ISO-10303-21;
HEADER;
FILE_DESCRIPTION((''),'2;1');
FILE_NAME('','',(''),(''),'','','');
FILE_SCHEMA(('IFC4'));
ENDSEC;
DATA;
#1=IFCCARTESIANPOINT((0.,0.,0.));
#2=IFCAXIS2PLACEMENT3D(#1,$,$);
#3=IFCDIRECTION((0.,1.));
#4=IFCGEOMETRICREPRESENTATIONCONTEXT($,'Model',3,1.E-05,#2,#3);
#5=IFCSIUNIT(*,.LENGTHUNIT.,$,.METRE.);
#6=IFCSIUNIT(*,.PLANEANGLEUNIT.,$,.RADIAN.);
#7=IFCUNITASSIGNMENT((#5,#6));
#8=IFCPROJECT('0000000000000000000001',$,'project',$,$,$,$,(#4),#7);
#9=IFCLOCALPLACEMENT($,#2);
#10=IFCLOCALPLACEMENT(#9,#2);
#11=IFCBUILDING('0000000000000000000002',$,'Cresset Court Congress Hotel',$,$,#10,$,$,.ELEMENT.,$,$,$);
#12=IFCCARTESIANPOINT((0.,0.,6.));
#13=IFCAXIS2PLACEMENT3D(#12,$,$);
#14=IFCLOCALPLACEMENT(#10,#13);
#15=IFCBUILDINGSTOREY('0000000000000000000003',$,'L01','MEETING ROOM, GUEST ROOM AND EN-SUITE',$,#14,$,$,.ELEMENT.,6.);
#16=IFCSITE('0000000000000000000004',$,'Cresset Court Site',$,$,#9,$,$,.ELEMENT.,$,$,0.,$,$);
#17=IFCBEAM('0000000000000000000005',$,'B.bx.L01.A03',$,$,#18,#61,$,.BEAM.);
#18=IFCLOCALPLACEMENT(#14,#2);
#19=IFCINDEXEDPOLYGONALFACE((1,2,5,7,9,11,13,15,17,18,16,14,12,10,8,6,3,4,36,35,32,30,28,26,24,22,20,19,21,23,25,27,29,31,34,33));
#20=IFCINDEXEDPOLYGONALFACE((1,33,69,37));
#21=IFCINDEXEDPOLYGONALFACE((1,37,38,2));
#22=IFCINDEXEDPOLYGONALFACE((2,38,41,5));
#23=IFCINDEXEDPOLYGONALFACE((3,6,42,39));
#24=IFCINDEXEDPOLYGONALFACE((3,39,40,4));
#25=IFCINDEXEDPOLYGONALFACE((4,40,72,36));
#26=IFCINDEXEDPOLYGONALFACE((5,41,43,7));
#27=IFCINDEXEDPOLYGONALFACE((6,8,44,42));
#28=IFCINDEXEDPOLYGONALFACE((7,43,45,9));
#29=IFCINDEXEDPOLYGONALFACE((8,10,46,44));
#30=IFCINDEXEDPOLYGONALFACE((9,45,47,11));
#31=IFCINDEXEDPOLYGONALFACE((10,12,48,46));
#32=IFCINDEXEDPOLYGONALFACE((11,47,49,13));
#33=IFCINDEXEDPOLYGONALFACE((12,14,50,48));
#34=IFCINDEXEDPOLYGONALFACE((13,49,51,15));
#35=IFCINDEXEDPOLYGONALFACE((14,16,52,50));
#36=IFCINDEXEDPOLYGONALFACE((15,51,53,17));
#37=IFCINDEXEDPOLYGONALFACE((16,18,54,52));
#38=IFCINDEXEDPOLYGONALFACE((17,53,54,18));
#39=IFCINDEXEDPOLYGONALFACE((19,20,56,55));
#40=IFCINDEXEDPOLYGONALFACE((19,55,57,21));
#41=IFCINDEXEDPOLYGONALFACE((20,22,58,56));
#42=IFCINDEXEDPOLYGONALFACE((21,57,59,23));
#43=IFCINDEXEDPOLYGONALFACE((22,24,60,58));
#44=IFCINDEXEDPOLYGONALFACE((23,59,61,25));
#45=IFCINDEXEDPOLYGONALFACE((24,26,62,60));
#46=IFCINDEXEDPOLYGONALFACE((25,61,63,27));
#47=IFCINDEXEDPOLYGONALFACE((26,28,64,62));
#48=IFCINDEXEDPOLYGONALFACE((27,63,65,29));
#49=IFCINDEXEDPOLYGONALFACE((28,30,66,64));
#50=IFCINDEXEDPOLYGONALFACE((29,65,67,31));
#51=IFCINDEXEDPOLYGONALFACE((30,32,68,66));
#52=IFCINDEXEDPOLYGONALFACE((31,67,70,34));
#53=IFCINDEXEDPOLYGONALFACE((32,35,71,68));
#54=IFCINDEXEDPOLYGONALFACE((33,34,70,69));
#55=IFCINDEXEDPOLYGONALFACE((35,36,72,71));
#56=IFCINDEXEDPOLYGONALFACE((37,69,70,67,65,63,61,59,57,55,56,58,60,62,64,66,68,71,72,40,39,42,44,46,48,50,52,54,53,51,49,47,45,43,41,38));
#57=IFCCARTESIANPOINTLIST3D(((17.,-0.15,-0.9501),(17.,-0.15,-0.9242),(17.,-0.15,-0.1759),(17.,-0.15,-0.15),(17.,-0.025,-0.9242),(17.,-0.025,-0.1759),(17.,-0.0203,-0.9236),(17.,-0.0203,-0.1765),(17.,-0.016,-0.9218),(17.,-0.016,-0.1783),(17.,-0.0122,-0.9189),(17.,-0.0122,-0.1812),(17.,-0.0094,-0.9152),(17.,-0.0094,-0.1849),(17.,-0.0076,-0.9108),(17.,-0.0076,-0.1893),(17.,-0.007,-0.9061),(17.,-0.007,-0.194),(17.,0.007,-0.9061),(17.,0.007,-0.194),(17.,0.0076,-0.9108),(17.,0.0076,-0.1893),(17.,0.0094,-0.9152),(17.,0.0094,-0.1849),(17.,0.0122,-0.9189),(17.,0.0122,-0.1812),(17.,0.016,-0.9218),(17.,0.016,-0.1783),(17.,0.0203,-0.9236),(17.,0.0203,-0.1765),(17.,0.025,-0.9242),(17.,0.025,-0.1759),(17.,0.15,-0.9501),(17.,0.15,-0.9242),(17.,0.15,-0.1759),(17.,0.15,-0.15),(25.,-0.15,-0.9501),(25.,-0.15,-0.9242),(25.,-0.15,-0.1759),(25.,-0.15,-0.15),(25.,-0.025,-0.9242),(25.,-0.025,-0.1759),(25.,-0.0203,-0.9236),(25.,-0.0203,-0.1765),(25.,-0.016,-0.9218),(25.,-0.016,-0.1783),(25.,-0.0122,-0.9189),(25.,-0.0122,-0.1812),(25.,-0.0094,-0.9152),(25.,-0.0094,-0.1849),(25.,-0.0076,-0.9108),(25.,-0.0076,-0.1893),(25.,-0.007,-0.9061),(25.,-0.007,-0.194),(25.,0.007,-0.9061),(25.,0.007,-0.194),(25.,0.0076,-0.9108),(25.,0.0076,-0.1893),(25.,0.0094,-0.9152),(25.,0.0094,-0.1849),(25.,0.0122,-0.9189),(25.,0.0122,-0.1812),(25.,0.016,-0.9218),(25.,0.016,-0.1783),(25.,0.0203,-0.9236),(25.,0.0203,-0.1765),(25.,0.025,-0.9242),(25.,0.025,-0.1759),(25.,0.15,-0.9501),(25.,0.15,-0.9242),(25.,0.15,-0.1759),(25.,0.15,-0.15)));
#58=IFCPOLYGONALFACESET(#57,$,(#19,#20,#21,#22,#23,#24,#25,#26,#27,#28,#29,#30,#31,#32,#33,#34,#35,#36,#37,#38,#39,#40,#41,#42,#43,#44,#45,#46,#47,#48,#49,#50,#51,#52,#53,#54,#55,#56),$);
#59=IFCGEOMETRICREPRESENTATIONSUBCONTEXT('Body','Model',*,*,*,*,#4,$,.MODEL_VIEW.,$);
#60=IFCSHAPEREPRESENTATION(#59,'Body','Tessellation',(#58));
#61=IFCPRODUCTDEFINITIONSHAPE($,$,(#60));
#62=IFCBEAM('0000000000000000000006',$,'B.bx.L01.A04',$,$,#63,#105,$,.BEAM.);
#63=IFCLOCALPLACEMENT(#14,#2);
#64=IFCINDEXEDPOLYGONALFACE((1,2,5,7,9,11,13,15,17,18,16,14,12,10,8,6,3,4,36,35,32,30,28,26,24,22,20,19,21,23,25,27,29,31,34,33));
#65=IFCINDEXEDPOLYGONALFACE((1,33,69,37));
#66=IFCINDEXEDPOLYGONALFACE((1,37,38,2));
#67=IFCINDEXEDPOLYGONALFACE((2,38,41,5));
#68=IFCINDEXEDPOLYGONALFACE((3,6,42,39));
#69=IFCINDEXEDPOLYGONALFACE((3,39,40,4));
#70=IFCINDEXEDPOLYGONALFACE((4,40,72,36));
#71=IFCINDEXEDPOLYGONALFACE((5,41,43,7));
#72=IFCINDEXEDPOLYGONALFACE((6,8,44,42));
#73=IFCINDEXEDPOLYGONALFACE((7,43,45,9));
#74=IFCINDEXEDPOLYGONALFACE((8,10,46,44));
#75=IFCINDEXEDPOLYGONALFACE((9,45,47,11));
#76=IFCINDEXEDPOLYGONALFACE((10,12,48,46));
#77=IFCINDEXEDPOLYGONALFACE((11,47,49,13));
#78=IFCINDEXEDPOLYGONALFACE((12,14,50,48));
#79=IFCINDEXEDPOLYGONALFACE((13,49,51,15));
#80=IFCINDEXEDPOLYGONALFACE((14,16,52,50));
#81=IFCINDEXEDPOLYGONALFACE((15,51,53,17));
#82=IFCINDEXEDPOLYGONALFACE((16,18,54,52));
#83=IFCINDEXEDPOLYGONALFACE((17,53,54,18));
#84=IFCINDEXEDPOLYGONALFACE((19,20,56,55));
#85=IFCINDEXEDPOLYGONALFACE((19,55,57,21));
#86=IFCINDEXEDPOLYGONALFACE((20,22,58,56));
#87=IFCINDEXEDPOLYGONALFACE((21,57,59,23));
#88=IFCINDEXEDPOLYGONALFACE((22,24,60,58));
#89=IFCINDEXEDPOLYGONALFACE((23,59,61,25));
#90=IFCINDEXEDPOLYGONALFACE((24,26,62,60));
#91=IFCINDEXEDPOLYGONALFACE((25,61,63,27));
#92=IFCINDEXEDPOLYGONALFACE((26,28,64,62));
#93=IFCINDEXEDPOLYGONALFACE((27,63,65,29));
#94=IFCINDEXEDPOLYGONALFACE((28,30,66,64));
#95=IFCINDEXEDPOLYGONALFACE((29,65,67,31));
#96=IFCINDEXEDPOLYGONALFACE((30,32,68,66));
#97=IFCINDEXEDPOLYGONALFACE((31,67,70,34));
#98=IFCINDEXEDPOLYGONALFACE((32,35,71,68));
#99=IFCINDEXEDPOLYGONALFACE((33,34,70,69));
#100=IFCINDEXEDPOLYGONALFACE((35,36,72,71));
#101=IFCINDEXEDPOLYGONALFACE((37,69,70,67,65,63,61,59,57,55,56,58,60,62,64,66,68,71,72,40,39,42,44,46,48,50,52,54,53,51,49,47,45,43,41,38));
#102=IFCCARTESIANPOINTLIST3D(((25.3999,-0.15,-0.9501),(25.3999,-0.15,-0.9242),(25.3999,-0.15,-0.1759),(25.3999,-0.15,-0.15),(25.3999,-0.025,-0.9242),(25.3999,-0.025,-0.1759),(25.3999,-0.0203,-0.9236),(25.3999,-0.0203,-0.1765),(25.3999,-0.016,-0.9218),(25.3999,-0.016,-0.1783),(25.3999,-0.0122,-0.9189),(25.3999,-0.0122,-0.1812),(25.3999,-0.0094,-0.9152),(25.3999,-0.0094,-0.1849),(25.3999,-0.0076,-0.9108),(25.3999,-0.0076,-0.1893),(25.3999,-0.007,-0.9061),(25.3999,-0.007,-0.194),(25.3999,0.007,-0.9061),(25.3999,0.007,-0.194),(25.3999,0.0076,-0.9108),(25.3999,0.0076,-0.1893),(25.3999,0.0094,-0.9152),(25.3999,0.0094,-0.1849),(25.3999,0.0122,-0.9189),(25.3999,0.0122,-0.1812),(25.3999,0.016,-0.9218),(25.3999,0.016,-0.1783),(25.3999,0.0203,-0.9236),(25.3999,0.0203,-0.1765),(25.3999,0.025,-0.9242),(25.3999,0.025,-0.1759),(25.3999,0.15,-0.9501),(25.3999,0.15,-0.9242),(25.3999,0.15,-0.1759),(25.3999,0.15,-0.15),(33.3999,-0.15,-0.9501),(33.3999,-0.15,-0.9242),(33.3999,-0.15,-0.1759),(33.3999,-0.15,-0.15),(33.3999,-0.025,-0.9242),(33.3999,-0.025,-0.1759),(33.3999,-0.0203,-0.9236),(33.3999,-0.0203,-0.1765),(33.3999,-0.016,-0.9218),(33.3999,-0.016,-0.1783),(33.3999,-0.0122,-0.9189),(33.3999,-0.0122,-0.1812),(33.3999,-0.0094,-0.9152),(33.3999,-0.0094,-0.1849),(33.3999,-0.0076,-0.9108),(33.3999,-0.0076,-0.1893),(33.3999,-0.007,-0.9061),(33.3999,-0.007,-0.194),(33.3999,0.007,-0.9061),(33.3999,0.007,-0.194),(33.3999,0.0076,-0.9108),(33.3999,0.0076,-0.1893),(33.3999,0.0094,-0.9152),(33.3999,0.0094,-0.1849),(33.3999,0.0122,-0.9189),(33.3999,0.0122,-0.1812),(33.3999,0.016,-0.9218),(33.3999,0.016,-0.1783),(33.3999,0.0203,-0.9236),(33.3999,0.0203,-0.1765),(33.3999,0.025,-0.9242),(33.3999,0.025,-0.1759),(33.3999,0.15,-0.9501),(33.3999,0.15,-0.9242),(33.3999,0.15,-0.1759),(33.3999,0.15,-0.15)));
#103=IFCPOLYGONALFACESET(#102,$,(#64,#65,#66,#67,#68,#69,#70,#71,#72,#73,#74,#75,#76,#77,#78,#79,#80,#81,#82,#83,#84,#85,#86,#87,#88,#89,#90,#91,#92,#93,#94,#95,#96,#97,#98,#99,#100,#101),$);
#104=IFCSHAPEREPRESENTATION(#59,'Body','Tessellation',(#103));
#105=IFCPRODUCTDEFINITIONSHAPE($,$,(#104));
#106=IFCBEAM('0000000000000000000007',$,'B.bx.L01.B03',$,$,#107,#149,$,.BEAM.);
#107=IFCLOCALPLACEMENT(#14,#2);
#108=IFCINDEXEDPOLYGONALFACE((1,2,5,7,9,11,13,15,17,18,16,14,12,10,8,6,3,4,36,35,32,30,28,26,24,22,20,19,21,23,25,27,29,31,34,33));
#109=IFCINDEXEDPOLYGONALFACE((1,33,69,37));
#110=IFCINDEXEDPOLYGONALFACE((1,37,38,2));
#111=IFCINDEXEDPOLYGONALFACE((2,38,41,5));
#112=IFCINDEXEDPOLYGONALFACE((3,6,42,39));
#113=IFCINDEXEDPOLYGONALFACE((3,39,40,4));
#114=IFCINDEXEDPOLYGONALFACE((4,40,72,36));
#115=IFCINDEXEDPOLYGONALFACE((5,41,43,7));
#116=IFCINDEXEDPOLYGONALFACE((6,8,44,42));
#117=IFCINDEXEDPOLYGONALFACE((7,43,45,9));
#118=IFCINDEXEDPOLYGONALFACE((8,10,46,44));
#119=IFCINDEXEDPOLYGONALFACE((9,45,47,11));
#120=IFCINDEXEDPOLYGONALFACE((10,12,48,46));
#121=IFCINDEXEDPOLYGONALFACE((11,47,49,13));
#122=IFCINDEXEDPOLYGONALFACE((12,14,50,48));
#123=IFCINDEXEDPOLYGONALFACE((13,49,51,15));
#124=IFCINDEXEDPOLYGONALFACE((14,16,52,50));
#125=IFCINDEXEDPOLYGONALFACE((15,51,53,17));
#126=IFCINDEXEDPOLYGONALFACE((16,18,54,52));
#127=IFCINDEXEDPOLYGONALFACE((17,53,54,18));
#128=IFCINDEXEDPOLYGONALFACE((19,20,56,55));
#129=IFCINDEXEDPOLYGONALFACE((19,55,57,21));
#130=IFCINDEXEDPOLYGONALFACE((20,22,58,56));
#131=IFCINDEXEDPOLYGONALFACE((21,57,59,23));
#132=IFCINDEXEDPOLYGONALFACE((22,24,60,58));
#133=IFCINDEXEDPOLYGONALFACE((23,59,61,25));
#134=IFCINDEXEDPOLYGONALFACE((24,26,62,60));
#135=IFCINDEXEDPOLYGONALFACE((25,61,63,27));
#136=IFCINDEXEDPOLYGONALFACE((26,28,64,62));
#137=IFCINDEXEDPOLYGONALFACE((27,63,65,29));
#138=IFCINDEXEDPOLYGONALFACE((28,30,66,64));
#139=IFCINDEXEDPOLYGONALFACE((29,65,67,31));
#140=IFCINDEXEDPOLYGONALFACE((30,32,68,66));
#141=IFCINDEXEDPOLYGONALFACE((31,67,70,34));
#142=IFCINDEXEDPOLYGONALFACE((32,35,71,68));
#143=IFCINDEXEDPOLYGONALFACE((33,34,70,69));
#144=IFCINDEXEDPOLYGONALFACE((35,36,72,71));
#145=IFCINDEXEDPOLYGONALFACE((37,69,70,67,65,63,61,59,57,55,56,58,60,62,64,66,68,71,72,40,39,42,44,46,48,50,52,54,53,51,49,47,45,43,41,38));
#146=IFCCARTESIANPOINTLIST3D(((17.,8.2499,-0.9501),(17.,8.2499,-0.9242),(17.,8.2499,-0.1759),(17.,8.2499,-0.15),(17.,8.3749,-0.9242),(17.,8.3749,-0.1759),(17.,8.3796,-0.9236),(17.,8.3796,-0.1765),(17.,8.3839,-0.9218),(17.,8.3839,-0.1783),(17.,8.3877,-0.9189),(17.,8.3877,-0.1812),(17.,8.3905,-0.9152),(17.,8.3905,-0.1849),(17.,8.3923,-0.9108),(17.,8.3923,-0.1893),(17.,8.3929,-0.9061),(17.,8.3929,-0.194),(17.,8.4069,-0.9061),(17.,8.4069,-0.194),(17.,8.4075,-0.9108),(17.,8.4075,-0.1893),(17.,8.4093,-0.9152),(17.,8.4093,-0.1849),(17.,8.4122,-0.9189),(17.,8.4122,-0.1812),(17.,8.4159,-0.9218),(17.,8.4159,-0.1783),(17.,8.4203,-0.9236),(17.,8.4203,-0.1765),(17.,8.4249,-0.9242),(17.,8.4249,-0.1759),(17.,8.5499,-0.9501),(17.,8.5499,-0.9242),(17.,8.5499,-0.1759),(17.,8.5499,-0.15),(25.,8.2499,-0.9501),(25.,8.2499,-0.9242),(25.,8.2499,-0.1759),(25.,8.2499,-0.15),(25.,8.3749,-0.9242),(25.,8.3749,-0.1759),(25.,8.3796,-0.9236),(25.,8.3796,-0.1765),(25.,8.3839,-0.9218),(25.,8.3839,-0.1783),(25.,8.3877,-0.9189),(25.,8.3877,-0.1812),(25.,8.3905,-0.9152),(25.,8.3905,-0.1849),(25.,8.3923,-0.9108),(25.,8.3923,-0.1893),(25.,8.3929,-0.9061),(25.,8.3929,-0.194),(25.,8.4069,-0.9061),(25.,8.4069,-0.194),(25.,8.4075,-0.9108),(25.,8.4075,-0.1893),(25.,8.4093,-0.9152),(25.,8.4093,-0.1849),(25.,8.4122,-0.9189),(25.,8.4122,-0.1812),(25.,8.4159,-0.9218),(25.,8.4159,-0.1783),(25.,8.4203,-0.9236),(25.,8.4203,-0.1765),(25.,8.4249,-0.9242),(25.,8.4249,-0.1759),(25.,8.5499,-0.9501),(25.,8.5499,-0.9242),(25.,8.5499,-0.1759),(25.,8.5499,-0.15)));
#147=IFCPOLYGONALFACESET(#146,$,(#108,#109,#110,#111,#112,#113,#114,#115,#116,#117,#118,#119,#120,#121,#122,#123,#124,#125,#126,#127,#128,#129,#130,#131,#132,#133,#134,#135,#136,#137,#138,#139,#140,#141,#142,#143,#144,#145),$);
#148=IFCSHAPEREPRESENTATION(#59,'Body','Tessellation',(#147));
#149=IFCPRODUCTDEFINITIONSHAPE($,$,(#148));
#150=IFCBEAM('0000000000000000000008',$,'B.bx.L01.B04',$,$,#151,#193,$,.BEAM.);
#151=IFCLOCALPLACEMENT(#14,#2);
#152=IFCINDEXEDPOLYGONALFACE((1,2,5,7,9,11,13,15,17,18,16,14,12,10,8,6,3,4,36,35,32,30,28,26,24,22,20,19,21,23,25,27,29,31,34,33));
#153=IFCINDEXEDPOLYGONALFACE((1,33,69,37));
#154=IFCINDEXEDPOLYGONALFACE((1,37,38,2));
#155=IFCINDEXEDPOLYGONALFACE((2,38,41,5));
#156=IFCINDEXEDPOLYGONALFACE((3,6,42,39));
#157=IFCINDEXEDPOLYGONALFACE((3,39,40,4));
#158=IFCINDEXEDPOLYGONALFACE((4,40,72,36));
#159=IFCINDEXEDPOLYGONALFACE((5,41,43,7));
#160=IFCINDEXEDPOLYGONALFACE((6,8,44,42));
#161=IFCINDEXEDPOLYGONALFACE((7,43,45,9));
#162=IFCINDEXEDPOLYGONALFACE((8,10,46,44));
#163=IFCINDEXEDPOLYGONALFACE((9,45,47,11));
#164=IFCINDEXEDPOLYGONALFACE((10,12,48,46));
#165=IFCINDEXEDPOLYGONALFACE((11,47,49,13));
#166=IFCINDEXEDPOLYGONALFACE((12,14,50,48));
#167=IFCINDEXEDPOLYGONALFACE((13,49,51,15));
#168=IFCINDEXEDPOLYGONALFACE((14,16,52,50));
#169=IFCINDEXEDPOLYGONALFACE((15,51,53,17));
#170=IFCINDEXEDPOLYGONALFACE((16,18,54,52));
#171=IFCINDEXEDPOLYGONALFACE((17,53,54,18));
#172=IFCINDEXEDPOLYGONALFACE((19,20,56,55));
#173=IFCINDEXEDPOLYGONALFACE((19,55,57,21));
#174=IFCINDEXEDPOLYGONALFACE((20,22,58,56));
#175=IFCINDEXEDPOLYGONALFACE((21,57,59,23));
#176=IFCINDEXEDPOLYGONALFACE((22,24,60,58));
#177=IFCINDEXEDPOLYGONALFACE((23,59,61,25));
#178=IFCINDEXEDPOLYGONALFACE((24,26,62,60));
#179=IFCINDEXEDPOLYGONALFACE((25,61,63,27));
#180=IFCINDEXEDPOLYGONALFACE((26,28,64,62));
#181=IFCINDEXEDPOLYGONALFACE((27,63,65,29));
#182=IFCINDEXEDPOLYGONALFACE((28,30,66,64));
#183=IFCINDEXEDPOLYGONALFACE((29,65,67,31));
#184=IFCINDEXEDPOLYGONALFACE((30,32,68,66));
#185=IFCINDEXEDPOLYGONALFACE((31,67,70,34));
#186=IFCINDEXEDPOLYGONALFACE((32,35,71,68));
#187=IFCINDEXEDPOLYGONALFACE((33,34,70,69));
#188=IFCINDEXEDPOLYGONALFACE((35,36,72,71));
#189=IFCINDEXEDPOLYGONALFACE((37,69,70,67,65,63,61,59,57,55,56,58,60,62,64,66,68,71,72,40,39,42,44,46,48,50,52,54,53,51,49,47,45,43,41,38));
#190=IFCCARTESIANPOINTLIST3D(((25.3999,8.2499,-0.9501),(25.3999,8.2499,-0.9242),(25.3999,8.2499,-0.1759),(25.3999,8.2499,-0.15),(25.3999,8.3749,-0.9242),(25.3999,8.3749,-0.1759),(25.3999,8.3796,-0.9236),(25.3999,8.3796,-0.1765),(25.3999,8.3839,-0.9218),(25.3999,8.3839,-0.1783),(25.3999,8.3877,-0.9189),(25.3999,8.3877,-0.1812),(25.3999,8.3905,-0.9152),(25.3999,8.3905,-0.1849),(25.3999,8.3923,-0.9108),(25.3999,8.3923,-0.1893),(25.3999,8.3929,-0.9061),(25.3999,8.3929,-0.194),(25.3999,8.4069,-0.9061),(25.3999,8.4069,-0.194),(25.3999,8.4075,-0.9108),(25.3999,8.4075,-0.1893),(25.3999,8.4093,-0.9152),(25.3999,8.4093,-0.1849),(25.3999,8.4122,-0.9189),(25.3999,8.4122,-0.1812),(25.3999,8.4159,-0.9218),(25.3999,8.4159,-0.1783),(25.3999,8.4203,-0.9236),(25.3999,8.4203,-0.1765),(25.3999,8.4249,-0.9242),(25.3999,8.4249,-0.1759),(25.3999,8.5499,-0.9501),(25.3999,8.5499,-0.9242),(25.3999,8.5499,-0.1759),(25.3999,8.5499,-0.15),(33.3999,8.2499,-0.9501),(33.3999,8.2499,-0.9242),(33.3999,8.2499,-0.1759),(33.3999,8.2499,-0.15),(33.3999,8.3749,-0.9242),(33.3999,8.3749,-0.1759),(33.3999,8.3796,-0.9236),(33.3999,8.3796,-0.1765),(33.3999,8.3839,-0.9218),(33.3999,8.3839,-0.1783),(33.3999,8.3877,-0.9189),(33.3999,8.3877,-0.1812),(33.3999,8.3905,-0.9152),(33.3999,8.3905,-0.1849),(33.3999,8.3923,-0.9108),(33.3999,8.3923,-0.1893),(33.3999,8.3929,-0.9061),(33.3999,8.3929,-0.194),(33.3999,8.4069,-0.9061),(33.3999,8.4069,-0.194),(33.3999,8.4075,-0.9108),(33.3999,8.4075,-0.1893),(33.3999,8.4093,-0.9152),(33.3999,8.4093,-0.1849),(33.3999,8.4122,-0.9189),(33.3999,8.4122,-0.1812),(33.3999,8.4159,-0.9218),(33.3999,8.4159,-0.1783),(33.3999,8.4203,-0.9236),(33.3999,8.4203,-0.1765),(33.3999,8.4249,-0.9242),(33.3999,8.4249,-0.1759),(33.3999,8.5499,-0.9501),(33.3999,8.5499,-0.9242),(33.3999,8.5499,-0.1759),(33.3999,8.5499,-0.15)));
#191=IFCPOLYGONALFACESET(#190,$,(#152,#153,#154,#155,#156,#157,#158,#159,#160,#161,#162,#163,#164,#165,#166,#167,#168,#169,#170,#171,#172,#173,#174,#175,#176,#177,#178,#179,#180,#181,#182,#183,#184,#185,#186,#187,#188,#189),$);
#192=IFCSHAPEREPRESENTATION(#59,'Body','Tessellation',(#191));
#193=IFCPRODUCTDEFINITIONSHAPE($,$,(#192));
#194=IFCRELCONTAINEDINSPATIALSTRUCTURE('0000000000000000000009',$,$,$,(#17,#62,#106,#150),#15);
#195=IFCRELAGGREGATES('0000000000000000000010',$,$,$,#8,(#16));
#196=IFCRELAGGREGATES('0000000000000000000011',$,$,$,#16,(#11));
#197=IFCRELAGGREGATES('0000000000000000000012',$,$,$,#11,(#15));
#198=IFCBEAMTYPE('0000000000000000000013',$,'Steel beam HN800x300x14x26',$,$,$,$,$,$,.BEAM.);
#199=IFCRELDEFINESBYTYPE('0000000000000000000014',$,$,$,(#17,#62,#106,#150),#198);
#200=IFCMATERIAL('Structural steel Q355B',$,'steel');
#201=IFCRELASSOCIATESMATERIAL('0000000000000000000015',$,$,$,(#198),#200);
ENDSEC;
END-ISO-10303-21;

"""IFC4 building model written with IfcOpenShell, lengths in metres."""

from ifc_helpers import new_model, si_unit, direction, frame, origin, origin_2d, place, context, subcontext, project, spatial, i_section, extrude, material, material_profile, profile_set, type_object, element, save


model = new_model("IFC4")

# Units and contexts
model_context = context("Model", 3, precision=1e-05, world=origin(), true_north=direction((0.0, 1.0)))
body_context = subcontext(model_context, "Body", "Model", "MODEL_VIEW")
ifc_project = project(units=[si_unit("LENGTHUNIT", "METRE"), si_unit("PLANEANGLEUNIT", "RADIAN")], contexts=[model_context])

# Site, building, storey
site_placement = place(None, origin())
site = spatial("IfcSite", under=ifc_project, at=site_placement, Name="Cresset Court Site", CompositionType="ELEMENT", RefElevation=0.0)
building_placement = place(site_placement, origin())
building = spatial("IfcBuilding", under=site, at=building_placement, Name="Cresset Court Congress Hotel", CompositionType="ELEMENT")
storey_placement = place(building_placement, frame((0.0, 0.0, 6.0)))
storey = spatial("IfcBuildingStorey", under=building, at=storey_placement, Name="L01", Description="MEETING ROOM, GUEST ROOM AND EN-SUITE", CompositionType="ELEMENT", Elevation=6.0)

# Beams
ifc_material_1 = material(Name="Structural steel Q355B", Category="steel")
ifc_material_profile_1 = material_profile(ifc_material_1, i_section(OverallWidth=0.3, OverallDepth=0.8, WebThickness=0.0139, FlangeThickness=0.0259, FilletRadius=0.0181, at=origin_2d()), Name="HN800x300x14x26")
ifc_profile_set_1 = profile_set([ifc_material_profile_1], Name="Structural steel Q355B")
beam_type_1 = type_object("IfcBeamType", Name="Steel beam HN800x300x14x26", PredefinedType="BEAM", material=ifc_profile_set_1)
for number, where, z_axis, x_axis, name in (
    (1, (17.0, 0.0, -0.55), (1.0, 0.0, 0.0), (0.0, 1.0, 0.0), "B.bx.L01.A03"),
    (2, (25.3999, 0.0, -0.55), (1.0, 0.0, 0.0), (0.0, 1.0, 0.0), "B.bx.L01.A04"),
    (3, (17.0, 8.3999, -0.55), (1.0, 0.0, 0.0), (0.0, 1.0, 0.0), "B.bx.L01.B03"),
    (4, (25.3999, 8.3999, -0.55), (1.0, 0.0, 0.0), (0.0, 1.0, 0.0), "B.bx.L01.B04"),
):
    element("IfcBeam", number, at=place(storey_placement, frame(where, z_axis=z_axis, x_axis=x_axis)), inside=storey, type_object=beam_type_1, Name=name, PredefinedType="BEAM", context=body_context, shape_type="SweptSolid", body=[
        extrude(i_section(OverallWidth=0.3, OverallDepth=0.8, WebThickness=0.0139, FlangeThickness=0.0259, FilletRadius=0.0181, at=origin_2d()), origin(), (0.0, 0.0, 1.0), 8.0),
    ])

save(model, "model.ifc")
